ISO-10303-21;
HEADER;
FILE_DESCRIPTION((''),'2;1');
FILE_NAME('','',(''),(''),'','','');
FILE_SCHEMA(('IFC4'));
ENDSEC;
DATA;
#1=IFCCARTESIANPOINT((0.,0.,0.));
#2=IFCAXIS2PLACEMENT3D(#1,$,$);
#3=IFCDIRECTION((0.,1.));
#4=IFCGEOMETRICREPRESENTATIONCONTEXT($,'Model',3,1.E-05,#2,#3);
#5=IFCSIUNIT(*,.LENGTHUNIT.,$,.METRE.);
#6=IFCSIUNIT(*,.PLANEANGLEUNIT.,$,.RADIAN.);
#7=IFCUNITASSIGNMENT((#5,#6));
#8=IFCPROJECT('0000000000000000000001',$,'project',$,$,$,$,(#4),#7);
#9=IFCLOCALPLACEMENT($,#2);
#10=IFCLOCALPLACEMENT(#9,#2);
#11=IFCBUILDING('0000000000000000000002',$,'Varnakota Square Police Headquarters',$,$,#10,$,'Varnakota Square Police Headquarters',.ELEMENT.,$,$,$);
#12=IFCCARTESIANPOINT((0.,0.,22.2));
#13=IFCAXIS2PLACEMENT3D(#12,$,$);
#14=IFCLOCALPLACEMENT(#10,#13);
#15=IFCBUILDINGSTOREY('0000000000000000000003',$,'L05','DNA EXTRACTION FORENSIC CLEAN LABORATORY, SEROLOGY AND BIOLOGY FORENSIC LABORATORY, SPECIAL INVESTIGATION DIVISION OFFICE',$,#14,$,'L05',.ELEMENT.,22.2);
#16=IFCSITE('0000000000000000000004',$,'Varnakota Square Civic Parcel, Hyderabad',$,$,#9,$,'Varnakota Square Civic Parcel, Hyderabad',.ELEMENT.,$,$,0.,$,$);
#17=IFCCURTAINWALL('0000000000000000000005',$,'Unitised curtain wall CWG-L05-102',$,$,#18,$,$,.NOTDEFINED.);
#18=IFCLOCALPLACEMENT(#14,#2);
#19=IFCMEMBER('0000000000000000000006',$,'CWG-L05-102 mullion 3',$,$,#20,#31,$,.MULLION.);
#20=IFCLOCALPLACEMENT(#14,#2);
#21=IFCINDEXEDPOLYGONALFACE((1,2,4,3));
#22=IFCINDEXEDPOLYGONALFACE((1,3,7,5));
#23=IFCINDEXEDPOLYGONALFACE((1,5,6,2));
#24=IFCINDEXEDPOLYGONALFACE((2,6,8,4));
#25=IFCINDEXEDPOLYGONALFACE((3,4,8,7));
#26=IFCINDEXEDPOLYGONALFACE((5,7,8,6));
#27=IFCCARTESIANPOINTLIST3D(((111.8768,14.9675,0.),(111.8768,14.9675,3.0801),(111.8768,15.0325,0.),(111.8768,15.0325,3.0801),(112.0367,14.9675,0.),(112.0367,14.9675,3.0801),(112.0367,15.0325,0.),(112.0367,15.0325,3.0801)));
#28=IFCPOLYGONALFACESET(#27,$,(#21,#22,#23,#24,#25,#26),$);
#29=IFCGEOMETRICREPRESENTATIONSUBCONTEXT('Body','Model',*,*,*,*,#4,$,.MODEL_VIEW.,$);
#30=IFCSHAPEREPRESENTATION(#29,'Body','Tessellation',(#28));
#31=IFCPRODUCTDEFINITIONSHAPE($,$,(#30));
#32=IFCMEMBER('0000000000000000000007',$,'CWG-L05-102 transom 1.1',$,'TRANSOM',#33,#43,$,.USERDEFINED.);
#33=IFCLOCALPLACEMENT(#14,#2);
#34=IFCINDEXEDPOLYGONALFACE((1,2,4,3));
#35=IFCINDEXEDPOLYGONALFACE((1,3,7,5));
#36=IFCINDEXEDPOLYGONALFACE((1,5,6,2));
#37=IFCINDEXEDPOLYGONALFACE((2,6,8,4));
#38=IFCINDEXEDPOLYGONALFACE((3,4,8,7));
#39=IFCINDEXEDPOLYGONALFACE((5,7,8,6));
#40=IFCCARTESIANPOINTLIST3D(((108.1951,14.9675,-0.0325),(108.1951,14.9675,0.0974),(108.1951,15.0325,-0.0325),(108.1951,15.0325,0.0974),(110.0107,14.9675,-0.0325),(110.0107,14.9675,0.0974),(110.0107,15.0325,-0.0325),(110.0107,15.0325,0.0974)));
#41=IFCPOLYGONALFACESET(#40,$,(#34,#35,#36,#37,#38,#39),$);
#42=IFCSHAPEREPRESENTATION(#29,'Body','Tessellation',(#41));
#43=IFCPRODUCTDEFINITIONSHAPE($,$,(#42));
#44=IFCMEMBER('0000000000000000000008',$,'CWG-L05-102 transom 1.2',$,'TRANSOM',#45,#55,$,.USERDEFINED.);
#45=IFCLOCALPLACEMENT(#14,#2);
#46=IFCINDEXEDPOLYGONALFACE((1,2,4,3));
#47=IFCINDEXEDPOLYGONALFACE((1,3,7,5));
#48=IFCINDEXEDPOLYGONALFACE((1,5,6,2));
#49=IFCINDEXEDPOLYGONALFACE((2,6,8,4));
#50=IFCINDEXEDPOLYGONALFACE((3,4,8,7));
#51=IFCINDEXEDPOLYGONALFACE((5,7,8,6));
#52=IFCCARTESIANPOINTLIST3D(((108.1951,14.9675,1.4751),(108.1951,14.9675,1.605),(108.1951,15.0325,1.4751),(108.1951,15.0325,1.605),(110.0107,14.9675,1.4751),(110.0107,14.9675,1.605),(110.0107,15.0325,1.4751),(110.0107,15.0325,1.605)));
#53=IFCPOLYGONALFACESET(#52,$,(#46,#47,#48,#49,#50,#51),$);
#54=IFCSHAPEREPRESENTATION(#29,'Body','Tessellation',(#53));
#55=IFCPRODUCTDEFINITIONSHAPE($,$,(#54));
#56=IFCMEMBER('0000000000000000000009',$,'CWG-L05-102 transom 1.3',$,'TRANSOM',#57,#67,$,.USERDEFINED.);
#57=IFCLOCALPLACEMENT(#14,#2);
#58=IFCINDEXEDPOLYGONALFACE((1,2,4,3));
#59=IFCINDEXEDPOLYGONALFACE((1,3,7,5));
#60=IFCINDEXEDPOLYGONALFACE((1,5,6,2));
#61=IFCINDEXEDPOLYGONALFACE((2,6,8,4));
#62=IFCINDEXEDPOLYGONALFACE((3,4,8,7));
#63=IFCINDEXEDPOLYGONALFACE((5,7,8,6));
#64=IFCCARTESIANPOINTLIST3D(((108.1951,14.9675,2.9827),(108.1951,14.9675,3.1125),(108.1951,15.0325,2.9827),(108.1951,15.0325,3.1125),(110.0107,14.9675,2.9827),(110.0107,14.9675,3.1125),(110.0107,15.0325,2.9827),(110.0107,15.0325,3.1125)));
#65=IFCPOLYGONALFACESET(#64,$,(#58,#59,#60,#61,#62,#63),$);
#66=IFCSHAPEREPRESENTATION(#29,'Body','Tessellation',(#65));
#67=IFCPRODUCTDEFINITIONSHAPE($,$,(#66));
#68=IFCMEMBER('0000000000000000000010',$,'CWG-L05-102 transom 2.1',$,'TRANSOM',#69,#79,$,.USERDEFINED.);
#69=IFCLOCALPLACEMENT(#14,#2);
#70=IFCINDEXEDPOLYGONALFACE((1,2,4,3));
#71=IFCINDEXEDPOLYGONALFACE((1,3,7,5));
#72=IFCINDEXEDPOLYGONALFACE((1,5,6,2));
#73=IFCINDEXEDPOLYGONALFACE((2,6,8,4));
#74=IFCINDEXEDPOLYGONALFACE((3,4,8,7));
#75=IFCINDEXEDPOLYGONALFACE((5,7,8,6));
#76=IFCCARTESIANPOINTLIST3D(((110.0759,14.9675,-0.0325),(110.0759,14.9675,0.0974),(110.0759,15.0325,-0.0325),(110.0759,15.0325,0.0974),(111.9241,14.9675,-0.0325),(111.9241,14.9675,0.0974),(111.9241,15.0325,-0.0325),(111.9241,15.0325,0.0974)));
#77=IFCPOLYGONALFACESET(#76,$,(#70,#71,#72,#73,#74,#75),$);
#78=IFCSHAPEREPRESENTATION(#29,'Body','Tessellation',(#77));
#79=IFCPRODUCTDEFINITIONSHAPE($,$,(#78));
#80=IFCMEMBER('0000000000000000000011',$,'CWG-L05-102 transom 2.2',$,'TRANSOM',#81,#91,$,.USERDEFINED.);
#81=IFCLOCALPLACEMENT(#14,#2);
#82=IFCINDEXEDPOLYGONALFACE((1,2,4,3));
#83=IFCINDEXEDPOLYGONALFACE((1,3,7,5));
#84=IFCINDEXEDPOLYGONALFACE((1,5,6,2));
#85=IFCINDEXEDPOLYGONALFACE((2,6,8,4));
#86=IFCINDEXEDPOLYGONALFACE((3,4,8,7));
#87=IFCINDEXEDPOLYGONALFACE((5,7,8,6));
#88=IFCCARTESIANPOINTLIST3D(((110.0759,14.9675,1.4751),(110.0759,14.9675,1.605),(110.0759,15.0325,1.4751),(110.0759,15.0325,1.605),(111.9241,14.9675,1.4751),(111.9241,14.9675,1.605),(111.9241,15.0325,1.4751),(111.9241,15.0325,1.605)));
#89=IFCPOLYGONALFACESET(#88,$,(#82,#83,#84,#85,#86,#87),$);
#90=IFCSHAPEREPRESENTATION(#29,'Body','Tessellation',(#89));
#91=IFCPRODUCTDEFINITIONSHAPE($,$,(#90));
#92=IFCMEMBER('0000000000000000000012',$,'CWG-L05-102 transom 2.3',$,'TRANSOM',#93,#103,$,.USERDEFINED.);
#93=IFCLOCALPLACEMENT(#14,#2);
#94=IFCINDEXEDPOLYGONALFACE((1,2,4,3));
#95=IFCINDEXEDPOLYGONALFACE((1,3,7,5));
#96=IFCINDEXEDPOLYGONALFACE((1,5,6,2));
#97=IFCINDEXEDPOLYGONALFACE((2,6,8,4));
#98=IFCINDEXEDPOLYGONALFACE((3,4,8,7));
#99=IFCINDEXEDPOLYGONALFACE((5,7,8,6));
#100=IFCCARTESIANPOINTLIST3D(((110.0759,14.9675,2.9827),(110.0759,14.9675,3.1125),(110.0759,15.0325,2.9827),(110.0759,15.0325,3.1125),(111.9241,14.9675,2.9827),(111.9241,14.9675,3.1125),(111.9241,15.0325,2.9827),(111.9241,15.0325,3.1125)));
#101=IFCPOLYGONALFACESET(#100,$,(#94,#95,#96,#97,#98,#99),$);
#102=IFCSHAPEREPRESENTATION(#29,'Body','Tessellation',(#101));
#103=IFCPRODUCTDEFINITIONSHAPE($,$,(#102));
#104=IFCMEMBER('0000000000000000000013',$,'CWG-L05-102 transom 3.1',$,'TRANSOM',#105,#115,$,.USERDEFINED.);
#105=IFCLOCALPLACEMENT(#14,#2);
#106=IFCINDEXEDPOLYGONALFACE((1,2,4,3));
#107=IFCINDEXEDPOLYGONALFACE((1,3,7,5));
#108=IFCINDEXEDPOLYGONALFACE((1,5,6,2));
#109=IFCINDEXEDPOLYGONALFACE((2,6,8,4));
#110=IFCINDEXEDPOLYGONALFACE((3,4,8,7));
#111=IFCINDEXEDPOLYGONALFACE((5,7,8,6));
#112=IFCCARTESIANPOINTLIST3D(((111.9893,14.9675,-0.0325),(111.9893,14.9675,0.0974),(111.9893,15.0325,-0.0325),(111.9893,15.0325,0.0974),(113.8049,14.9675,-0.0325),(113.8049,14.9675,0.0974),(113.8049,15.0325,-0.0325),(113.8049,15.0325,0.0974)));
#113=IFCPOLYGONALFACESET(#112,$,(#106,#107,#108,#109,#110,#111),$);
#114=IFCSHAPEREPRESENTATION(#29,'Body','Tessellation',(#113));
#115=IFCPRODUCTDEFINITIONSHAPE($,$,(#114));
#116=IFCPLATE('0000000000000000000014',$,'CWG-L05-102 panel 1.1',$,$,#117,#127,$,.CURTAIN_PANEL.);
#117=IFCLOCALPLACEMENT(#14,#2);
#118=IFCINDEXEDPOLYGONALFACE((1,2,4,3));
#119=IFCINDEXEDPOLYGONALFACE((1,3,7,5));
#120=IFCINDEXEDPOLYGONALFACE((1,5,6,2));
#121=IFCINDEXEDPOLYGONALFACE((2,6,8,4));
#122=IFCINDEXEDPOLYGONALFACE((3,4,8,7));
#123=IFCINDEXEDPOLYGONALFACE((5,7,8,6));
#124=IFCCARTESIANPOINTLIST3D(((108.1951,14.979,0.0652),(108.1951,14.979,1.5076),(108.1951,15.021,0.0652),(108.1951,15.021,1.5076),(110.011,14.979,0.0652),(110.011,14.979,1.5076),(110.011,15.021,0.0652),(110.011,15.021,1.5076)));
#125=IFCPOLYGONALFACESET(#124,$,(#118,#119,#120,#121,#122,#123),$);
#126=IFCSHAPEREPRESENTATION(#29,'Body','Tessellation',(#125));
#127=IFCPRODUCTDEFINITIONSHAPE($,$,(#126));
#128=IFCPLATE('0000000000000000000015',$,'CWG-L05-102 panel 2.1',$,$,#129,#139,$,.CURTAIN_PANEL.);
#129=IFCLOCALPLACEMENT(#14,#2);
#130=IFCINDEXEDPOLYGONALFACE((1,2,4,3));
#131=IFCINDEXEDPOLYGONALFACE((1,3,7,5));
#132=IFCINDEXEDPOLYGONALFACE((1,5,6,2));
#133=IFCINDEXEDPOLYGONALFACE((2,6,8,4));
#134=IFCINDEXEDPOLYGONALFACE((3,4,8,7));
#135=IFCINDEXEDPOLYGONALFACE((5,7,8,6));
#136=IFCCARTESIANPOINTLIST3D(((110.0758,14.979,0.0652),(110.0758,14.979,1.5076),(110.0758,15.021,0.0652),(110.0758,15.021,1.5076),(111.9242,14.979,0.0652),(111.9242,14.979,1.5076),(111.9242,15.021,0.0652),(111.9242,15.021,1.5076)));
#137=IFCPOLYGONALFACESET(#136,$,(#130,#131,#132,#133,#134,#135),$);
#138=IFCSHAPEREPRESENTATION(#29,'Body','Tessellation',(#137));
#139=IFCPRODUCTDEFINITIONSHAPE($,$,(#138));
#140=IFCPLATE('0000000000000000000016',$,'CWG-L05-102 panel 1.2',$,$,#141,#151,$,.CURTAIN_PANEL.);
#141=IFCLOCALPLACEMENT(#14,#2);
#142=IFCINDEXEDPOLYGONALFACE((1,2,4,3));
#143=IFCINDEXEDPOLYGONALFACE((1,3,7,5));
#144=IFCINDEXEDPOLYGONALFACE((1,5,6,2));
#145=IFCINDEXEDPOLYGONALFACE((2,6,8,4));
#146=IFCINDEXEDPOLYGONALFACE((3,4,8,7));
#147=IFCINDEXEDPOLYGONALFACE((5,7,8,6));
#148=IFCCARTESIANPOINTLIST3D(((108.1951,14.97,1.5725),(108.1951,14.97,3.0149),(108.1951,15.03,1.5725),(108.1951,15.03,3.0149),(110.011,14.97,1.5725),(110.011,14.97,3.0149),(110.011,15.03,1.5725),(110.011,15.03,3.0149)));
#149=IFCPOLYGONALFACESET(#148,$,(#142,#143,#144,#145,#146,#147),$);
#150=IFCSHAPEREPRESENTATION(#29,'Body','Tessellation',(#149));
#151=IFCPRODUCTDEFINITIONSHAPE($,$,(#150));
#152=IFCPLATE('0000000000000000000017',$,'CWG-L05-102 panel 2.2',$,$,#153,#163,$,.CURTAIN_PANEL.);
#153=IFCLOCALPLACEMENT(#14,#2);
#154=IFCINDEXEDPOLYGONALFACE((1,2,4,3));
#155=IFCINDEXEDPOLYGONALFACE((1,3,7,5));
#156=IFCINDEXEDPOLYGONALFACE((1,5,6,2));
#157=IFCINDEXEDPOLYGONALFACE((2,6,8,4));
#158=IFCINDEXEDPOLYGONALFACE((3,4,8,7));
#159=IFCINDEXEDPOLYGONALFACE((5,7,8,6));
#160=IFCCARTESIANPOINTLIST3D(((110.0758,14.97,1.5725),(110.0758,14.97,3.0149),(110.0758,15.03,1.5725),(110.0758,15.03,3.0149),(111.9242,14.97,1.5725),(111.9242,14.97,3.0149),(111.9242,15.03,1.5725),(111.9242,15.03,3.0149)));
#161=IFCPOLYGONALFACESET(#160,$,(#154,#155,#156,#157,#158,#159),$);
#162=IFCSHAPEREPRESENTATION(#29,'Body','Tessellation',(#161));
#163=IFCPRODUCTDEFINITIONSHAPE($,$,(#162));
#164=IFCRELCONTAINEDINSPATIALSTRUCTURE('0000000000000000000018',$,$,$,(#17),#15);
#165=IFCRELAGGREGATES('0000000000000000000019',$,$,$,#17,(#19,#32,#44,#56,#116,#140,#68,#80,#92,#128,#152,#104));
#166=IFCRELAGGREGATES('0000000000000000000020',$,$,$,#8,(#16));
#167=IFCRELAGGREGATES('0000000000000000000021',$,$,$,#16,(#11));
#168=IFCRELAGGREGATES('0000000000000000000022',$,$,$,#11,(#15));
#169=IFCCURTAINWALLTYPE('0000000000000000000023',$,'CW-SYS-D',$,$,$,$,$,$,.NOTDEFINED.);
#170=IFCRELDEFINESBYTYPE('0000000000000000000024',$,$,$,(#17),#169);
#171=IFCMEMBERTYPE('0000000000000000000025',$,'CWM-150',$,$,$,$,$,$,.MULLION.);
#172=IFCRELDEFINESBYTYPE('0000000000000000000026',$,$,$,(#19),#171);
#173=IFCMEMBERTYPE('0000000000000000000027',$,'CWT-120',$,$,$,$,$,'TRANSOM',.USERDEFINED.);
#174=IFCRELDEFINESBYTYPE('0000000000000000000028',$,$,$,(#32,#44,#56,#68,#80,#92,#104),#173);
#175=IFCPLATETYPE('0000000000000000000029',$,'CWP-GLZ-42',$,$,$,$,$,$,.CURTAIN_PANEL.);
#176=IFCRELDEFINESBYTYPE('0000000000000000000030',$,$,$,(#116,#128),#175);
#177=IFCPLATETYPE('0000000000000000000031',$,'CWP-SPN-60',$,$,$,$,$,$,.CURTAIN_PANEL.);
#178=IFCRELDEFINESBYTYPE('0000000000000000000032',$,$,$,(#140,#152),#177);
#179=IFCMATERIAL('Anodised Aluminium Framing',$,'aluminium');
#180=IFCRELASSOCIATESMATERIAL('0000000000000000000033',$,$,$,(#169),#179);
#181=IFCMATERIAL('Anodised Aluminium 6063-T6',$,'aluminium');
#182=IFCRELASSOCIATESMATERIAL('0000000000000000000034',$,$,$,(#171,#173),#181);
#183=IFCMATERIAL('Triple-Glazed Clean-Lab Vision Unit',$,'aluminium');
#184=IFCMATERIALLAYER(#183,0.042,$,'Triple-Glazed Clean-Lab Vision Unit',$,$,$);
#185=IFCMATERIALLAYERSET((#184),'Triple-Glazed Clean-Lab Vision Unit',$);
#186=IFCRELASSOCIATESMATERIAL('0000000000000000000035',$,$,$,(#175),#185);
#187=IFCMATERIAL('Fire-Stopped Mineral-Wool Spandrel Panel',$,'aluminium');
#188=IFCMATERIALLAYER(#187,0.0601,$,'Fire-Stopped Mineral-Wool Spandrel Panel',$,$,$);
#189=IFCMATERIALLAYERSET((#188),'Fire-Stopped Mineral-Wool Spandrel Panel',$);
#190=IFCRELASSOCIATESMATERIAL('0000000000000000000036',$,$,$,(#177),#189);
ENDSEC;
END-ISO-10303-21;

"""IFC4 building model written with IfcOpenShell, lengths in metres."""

from ifc_helpers import new_model, si_unit, direction, frame, origin, origin_2d, place, context, subcontext, project, spatial, rectangle, extrude, material, layer, layer_set, material_profile, profile_set, type_object, element, aggregate, save


model = new_model("IFC4")

# Units and contexts
model_context = context("Model", 3, precision=1e-05, world=origin(), true_north=direction((0.0, 1.0)))
body_context = subcontext(model_context, "Body", "Model", "MODEL_VIEW")
ifc_project = project(units=[si_unit("LENGTHUNIT", "METRE"), si_unit("PLANEANGLEUNIT", "RADIAN")], contexts=[model_context])

# Site, building, storey
site_placement = place(None, origin())
site = spatial("IfcSite", under=ifc_project, at=site_placement, Name="Varnakota Square Civic Parcel, Hyderabad", LongName="Varnakota Square Civic Parcel, Hyderabad", CompositionType="ELEMENT", RefElevation=0.0)
building_placement = place(site_placement, origin())
building = spatial("IfcBuilding", under=site, at=building_placement, Name="Varnakota Square Police Headquarters", LongName="Varnakota Square Police Headquarters", CompositionType="ELEMENT")
storey_placement = place(building_placement, frame((0.0, 0.0, 22.2)))
storey = spatial("IfcBuildingStorey", under=building, at=storey_placement, Name="L05", Description="DNA EXTRACTION FORENSIC CLEAN LABORATORY, SEROLOGY AND BIOLOGY FORENSIC LABORATORY, SPECIAL INVESTIGATION DIVISION OFFICE", LongName="L05", CompositionType="ELEMENT", Elevation=22.2)

# Curtain wall, members, plates
ifc_material_1 = material(Name="Anodised Aluminium Framing", Category="aluminium")
curtain_wall_type = type_object("IfcCurtainWallType", Name="CW-SYS-D", PredefinedType="NOTDEFINED", material=ifc_material_1)
curtain_wall_placement = place(storey_placement, origin())
curtain_wall = element("IfcCurtainWall", 1, at=curtain_wall_placement, inside=storey, type_object=curtain_wall_type, Name="Unitised curtain wall CWG-L05-102", PredefinedType="NOTDEFINED")
ifc_material_2 = material(Name="Anodised Aluminium 6063-T6", Category="aluminium")
ifc_material_profile_1 = material_profile(ifc_material_2, rectangle(XDim=0.0649, YDim=0.1599, at=origin_2d()), Name="ALU MULLION 65x160")
ifc_profile_set_1 = profile_set([ifc_material_profile_1], Name="Anodised Aluminium 6063-T6")
member_type_1 = type_object("IfcMemberType", Name="CWM-150", PredefinedType="MULLION", material=ifc_profile_set_1)
member_1_placement = place(storey_placement, frame((111.9568, 15.0, 0.0), z_axis=(0.0, 0.0, 1.0), x_axis=(0.0, 1.0, 0.0)))
member_1 = element("IfcMember", 2, at=member_1_placement, type_object=member_type_1, Name="CWG-L05-102 mullion 3", PredefinedType="MULLION", context=body_context, shape_type="SweptSolid", body=[
    extrude(rectangle(XDim=0.0649, YDim=0.1599, at=origin_2d()), origin(), (0.0, 0.0, 1.0), 3.0801),
])
ifc_material_profile_2 = material_profile(ifc_material_2, rectangle(XDim=0.0649, YDim=0.1299, at=origin_2d()), Name="ALU TRANSOM 65x130")
ifc_profile_set_2 = profile_set([ifc_material_profile_2], Name="Anodised Aluminium 6063-T6")
member_type_2 = type_object("IfcMemberType", Name="CWT-120", ElementType="TRANSOM", PredefinedType="USERDEFINED", material=ifc_profile_set_2)
member_2_placement = place(storey_placement, frame((108.1951, 15.0, 0.0325), z_axis=(1.0, 0.0, 0.0), x_axis=(0.0, 1.0, 0.0)))
member_2 = element("IfcMember", 3, at=member_2_placement, type_object=member_type_2, Name="CWG-L05-102 transom 1.1", ObjectType="TRANSOM", PredefinedType="USERDEFINED", context=body_context, shape_type="SweptSolid", body=[
    extrude(rectangle(XDim=0.0649, YDim=0.1299, at=origin_2d()), origin(), (0.0, 0.0, 1.0), 1.8157),
])
member_3_placement = place(storey_placement, frame((108.1951, 15.0, 1.54), z_axis=(1.0, 0.0, 0.0), x_axis=(0.0, 1.0, 0.0)))
member_3 = element("IfcMember", 4, at=member_3_placement, type_object=member_type_2, Name="CWG-L05-102 transom 1.2", ObjectType="TRANSOM", PredefinedType="USERDEFINED", context=body_context, shape_type="SweptSolid", body=[
    extrude(rectangle(XDim=0.0649, YDim=0.1299, at=origin_2d()), origin(), (0.0, 0.0, 1.0), 1.8157),
])
member_4_placement = place(storey_placement, frame((108.1951, 15.0, 3.0476), z_axis=(1.0, 0.0, 0.0), x_axis=(0.0, 1.0, 0.0)))
member_4 = element("IfcMember", 5, at=member_4_placement, type_object=member_type_2, Name="CWG-L05-102 transom 1.3", ObjectType="TRANSOM", PredefinedType="USERDEFINED", context=body_context, shape_type="SweptSolid", body=[
    extrude(rectangle(XDim=0.0649, YDim=0.1299, at=origin_2d()), origin(), (0.0, 0.0, 1.0), 1.8157),
])
member_5_placement = place(storey_placement, frame((110.0759, 15.0, 0.0325), z_axis=(1.0, 0.0, 0.0), x_axis=(0.0, 1.0, 0.0)))
member_5 = element("IfcMember", 6, at=member_5_placement, type_object=member_type_2, Name="CWG-L05-102 transom 2.1", ObjectType="TRANSOM", PredefinedType="USERDEFINED", context=body_context, shape_type="SweptSolid", body=[
    extrude(rectangle(XDim=0.0649, YDim=0.1299, at=origin_2d()), origin(), (0.0, 0.0, 1.0), 1.8481),
])
member_6_placement = place(storey_placement, frame((110.0759, 15.0, 1.54), z_axis=(1.0, 0.0, 0.0), x_axis=(0.0, 1.0, 0.0)))
member_6 = element("IfcMember", 7, at=member_6_placement, type_object=member_type_2, Name="CWG-L05-102 transom 2.2", ObjectType="TRANSOM", PredefinedType="USERDEFINED", context=body_context, shape_type="SweptSolid", body=[
    extrude(rectangle(XDim=0.0649, YDim=0.1299, at=origin_2d()), origin(), (0.0, 0.0, 1.0), 1.8481),
])
member_7_placement = place(storey_placement, frame((110.0759, 15.0, 3.0476), z_axis=(1.0, 0.0, 0.0), x_axis=(0.0, 1.0, 0.0)))
member_7 = element("IfcMember", 8, at=member_7_placement, type_object=member_type_2, Name="CWG-L05-102 transom 2.3", ObjectType="TRANSOM", PredefinedType="USERDEFINED", context=body_context, shape_type="SweptSolid", body=[
    extrude(rectangle(XDim=0.0649, YDim=0.1299, at=origin_2d()), origin(), (0.0, 0.0, 1.0), 1.8481),
])
member_8_placement = place(storey_placement, frame((111.9893, 15.0, 0.0325), z_axis=(1.0, 0.0, 0.0), x_axis=(0.0, 1.0, 0.0)))
member_8 = element("IfcMember", 9, at=member_8_placement, type_object=member_type_2, Name="CWG-L05-102 transom 3.1", ObjectType="TRANSOM", PredefinedType="USERDEFINED", context=body_context, shape_type="SweptSolid", body=[
    extrude(rectangle(XDim=0.0649, YDim=0.1299, at=origin_2d()), origin(), (0.0, 0.0, 1.0), 1.8157),
])
ifc_material_3 = material(Name="Triple-Glazed Clean-Lab Vision Unit", Category="aluminium")
ifc_layer_1 = layer(ifc_material_3, 0.042, Name="Triple-Glazed Clean-Lab Vision Unit")
ifc_layer_set_1 = layer_set([ifc_layer_1], Name="Triple-Glazed Clean-Lab Vision Unit")
plate_type_1 = type_object("IfcPlateType", Name="CWP-GLZ-42", PredefinedType="CURTAIN_PANEL", material=ifc_layer_set_1)
plate_1_placement = place(storey_placement, frame((109.103, 15.0, 0.0652), z_axis=(0.0, 0.0, 1.0), x_axis=(1.0, 0.0, 0.0)))
plate_1 = element("IfcPlate", 10, at=plate_1_placement, type_object=plate_type_1, Name="CWG-L05-102 panel 1.1", PredefinedType="CURTAIN_PANEL", context=body_context, shape_type="SweptSolid", body=[
    extrude(rectangle(XDim=1.8159, YDim=0.042, at=origin_2d()), origin(), (0.0, 0.0, 1.0), 1.4424),
])
plate_2_placement = place(storey_placement, frame((111.0, 15.0, 0.0652), z_axis=(0.0, 0.0, 1.0), x_axis=(1.0, 0.0, 0.0)))
plate_2 = element("IfcPlate", 11, at=plate_2_placement, type_object=plate_type_1, Name="CWG-L05-102 panel 2.1", PredefinedType="CURTAIN_PANEL", context=body_context, shape_type="SweptSolid", body=[
    extrude(rectangle(XDim=1.8484, YDim=0.042, at=origin_2d()), origin(), (0.0, 0.0, 1.0), 1.4424),
])
ifc_material_4 = material(Name="Fire-Stopped Mineral-Wool Spandrel Panel", Category="aluminium")
ifc_layer_2 = layer(ifc_material_4, 0.0601, Name="Fire-Stopped Mineral-Wool Spandrel Panel")
ifc_layer_set_2 = layer_set([ifc_layer_2], Name="Fire-Stopped Mineral-Wool Spandrel Panel")
plate_type_2 = type_object("IfcPlateType", Name="CWP-SPN-60", PredefinedType="CURTAIN_PANEL", material=ifc_layer_set_2)
plate_3_placement = place(storey_placement, frame((109.103, 15.0, 1.5725), z_axis=(0.0, 0.0, 1.0), x_axis=(1.0, 0.0, 0.0)))
plate_3 = element("IfcPlate", 12, at=plate_3_placement, type_object=plate_type_2, Name="CWG-L05-102 panel 1.2", PredefinedType="CURTAIN_PANEL", context=body_context, shape_type="SweptSolid", body=[
    extrude(rectangle(XDim=1.8159, YDim=0.0601, at=origin_2d()), origin(), (0.0, 0.0, 1.0), 1.4424),
])
plate_4_placement = place(storey_placement, frame((111.0, 15.0, 1.5725), z_axis=(0.0, 0.0, 1.0), x_axis=(1.0, 0.0, 0.0)))
plate_4 = element("IfcPlate", 13, at=plate_4_placement, type_object=plate_type_2, Name="CWG-L05-102 panel 2.2", PredefinedType="CURTAIN_PANEL", context=body_context, shape_type="SweptSolid", body=[
    extrude(rectangle(XDim=1.8484, YDim=0.0601, at=origin_2d()), origin(), (0.0, 0.0, 1.0), 1.4424),
])
aggregate(curtain_wall, [member_1, member_2, member_3, member_4, plate_1, plate_3, member_5, member_6, member_7, plate_2, plate_4, member_8])

save(model, "model.ifc")
